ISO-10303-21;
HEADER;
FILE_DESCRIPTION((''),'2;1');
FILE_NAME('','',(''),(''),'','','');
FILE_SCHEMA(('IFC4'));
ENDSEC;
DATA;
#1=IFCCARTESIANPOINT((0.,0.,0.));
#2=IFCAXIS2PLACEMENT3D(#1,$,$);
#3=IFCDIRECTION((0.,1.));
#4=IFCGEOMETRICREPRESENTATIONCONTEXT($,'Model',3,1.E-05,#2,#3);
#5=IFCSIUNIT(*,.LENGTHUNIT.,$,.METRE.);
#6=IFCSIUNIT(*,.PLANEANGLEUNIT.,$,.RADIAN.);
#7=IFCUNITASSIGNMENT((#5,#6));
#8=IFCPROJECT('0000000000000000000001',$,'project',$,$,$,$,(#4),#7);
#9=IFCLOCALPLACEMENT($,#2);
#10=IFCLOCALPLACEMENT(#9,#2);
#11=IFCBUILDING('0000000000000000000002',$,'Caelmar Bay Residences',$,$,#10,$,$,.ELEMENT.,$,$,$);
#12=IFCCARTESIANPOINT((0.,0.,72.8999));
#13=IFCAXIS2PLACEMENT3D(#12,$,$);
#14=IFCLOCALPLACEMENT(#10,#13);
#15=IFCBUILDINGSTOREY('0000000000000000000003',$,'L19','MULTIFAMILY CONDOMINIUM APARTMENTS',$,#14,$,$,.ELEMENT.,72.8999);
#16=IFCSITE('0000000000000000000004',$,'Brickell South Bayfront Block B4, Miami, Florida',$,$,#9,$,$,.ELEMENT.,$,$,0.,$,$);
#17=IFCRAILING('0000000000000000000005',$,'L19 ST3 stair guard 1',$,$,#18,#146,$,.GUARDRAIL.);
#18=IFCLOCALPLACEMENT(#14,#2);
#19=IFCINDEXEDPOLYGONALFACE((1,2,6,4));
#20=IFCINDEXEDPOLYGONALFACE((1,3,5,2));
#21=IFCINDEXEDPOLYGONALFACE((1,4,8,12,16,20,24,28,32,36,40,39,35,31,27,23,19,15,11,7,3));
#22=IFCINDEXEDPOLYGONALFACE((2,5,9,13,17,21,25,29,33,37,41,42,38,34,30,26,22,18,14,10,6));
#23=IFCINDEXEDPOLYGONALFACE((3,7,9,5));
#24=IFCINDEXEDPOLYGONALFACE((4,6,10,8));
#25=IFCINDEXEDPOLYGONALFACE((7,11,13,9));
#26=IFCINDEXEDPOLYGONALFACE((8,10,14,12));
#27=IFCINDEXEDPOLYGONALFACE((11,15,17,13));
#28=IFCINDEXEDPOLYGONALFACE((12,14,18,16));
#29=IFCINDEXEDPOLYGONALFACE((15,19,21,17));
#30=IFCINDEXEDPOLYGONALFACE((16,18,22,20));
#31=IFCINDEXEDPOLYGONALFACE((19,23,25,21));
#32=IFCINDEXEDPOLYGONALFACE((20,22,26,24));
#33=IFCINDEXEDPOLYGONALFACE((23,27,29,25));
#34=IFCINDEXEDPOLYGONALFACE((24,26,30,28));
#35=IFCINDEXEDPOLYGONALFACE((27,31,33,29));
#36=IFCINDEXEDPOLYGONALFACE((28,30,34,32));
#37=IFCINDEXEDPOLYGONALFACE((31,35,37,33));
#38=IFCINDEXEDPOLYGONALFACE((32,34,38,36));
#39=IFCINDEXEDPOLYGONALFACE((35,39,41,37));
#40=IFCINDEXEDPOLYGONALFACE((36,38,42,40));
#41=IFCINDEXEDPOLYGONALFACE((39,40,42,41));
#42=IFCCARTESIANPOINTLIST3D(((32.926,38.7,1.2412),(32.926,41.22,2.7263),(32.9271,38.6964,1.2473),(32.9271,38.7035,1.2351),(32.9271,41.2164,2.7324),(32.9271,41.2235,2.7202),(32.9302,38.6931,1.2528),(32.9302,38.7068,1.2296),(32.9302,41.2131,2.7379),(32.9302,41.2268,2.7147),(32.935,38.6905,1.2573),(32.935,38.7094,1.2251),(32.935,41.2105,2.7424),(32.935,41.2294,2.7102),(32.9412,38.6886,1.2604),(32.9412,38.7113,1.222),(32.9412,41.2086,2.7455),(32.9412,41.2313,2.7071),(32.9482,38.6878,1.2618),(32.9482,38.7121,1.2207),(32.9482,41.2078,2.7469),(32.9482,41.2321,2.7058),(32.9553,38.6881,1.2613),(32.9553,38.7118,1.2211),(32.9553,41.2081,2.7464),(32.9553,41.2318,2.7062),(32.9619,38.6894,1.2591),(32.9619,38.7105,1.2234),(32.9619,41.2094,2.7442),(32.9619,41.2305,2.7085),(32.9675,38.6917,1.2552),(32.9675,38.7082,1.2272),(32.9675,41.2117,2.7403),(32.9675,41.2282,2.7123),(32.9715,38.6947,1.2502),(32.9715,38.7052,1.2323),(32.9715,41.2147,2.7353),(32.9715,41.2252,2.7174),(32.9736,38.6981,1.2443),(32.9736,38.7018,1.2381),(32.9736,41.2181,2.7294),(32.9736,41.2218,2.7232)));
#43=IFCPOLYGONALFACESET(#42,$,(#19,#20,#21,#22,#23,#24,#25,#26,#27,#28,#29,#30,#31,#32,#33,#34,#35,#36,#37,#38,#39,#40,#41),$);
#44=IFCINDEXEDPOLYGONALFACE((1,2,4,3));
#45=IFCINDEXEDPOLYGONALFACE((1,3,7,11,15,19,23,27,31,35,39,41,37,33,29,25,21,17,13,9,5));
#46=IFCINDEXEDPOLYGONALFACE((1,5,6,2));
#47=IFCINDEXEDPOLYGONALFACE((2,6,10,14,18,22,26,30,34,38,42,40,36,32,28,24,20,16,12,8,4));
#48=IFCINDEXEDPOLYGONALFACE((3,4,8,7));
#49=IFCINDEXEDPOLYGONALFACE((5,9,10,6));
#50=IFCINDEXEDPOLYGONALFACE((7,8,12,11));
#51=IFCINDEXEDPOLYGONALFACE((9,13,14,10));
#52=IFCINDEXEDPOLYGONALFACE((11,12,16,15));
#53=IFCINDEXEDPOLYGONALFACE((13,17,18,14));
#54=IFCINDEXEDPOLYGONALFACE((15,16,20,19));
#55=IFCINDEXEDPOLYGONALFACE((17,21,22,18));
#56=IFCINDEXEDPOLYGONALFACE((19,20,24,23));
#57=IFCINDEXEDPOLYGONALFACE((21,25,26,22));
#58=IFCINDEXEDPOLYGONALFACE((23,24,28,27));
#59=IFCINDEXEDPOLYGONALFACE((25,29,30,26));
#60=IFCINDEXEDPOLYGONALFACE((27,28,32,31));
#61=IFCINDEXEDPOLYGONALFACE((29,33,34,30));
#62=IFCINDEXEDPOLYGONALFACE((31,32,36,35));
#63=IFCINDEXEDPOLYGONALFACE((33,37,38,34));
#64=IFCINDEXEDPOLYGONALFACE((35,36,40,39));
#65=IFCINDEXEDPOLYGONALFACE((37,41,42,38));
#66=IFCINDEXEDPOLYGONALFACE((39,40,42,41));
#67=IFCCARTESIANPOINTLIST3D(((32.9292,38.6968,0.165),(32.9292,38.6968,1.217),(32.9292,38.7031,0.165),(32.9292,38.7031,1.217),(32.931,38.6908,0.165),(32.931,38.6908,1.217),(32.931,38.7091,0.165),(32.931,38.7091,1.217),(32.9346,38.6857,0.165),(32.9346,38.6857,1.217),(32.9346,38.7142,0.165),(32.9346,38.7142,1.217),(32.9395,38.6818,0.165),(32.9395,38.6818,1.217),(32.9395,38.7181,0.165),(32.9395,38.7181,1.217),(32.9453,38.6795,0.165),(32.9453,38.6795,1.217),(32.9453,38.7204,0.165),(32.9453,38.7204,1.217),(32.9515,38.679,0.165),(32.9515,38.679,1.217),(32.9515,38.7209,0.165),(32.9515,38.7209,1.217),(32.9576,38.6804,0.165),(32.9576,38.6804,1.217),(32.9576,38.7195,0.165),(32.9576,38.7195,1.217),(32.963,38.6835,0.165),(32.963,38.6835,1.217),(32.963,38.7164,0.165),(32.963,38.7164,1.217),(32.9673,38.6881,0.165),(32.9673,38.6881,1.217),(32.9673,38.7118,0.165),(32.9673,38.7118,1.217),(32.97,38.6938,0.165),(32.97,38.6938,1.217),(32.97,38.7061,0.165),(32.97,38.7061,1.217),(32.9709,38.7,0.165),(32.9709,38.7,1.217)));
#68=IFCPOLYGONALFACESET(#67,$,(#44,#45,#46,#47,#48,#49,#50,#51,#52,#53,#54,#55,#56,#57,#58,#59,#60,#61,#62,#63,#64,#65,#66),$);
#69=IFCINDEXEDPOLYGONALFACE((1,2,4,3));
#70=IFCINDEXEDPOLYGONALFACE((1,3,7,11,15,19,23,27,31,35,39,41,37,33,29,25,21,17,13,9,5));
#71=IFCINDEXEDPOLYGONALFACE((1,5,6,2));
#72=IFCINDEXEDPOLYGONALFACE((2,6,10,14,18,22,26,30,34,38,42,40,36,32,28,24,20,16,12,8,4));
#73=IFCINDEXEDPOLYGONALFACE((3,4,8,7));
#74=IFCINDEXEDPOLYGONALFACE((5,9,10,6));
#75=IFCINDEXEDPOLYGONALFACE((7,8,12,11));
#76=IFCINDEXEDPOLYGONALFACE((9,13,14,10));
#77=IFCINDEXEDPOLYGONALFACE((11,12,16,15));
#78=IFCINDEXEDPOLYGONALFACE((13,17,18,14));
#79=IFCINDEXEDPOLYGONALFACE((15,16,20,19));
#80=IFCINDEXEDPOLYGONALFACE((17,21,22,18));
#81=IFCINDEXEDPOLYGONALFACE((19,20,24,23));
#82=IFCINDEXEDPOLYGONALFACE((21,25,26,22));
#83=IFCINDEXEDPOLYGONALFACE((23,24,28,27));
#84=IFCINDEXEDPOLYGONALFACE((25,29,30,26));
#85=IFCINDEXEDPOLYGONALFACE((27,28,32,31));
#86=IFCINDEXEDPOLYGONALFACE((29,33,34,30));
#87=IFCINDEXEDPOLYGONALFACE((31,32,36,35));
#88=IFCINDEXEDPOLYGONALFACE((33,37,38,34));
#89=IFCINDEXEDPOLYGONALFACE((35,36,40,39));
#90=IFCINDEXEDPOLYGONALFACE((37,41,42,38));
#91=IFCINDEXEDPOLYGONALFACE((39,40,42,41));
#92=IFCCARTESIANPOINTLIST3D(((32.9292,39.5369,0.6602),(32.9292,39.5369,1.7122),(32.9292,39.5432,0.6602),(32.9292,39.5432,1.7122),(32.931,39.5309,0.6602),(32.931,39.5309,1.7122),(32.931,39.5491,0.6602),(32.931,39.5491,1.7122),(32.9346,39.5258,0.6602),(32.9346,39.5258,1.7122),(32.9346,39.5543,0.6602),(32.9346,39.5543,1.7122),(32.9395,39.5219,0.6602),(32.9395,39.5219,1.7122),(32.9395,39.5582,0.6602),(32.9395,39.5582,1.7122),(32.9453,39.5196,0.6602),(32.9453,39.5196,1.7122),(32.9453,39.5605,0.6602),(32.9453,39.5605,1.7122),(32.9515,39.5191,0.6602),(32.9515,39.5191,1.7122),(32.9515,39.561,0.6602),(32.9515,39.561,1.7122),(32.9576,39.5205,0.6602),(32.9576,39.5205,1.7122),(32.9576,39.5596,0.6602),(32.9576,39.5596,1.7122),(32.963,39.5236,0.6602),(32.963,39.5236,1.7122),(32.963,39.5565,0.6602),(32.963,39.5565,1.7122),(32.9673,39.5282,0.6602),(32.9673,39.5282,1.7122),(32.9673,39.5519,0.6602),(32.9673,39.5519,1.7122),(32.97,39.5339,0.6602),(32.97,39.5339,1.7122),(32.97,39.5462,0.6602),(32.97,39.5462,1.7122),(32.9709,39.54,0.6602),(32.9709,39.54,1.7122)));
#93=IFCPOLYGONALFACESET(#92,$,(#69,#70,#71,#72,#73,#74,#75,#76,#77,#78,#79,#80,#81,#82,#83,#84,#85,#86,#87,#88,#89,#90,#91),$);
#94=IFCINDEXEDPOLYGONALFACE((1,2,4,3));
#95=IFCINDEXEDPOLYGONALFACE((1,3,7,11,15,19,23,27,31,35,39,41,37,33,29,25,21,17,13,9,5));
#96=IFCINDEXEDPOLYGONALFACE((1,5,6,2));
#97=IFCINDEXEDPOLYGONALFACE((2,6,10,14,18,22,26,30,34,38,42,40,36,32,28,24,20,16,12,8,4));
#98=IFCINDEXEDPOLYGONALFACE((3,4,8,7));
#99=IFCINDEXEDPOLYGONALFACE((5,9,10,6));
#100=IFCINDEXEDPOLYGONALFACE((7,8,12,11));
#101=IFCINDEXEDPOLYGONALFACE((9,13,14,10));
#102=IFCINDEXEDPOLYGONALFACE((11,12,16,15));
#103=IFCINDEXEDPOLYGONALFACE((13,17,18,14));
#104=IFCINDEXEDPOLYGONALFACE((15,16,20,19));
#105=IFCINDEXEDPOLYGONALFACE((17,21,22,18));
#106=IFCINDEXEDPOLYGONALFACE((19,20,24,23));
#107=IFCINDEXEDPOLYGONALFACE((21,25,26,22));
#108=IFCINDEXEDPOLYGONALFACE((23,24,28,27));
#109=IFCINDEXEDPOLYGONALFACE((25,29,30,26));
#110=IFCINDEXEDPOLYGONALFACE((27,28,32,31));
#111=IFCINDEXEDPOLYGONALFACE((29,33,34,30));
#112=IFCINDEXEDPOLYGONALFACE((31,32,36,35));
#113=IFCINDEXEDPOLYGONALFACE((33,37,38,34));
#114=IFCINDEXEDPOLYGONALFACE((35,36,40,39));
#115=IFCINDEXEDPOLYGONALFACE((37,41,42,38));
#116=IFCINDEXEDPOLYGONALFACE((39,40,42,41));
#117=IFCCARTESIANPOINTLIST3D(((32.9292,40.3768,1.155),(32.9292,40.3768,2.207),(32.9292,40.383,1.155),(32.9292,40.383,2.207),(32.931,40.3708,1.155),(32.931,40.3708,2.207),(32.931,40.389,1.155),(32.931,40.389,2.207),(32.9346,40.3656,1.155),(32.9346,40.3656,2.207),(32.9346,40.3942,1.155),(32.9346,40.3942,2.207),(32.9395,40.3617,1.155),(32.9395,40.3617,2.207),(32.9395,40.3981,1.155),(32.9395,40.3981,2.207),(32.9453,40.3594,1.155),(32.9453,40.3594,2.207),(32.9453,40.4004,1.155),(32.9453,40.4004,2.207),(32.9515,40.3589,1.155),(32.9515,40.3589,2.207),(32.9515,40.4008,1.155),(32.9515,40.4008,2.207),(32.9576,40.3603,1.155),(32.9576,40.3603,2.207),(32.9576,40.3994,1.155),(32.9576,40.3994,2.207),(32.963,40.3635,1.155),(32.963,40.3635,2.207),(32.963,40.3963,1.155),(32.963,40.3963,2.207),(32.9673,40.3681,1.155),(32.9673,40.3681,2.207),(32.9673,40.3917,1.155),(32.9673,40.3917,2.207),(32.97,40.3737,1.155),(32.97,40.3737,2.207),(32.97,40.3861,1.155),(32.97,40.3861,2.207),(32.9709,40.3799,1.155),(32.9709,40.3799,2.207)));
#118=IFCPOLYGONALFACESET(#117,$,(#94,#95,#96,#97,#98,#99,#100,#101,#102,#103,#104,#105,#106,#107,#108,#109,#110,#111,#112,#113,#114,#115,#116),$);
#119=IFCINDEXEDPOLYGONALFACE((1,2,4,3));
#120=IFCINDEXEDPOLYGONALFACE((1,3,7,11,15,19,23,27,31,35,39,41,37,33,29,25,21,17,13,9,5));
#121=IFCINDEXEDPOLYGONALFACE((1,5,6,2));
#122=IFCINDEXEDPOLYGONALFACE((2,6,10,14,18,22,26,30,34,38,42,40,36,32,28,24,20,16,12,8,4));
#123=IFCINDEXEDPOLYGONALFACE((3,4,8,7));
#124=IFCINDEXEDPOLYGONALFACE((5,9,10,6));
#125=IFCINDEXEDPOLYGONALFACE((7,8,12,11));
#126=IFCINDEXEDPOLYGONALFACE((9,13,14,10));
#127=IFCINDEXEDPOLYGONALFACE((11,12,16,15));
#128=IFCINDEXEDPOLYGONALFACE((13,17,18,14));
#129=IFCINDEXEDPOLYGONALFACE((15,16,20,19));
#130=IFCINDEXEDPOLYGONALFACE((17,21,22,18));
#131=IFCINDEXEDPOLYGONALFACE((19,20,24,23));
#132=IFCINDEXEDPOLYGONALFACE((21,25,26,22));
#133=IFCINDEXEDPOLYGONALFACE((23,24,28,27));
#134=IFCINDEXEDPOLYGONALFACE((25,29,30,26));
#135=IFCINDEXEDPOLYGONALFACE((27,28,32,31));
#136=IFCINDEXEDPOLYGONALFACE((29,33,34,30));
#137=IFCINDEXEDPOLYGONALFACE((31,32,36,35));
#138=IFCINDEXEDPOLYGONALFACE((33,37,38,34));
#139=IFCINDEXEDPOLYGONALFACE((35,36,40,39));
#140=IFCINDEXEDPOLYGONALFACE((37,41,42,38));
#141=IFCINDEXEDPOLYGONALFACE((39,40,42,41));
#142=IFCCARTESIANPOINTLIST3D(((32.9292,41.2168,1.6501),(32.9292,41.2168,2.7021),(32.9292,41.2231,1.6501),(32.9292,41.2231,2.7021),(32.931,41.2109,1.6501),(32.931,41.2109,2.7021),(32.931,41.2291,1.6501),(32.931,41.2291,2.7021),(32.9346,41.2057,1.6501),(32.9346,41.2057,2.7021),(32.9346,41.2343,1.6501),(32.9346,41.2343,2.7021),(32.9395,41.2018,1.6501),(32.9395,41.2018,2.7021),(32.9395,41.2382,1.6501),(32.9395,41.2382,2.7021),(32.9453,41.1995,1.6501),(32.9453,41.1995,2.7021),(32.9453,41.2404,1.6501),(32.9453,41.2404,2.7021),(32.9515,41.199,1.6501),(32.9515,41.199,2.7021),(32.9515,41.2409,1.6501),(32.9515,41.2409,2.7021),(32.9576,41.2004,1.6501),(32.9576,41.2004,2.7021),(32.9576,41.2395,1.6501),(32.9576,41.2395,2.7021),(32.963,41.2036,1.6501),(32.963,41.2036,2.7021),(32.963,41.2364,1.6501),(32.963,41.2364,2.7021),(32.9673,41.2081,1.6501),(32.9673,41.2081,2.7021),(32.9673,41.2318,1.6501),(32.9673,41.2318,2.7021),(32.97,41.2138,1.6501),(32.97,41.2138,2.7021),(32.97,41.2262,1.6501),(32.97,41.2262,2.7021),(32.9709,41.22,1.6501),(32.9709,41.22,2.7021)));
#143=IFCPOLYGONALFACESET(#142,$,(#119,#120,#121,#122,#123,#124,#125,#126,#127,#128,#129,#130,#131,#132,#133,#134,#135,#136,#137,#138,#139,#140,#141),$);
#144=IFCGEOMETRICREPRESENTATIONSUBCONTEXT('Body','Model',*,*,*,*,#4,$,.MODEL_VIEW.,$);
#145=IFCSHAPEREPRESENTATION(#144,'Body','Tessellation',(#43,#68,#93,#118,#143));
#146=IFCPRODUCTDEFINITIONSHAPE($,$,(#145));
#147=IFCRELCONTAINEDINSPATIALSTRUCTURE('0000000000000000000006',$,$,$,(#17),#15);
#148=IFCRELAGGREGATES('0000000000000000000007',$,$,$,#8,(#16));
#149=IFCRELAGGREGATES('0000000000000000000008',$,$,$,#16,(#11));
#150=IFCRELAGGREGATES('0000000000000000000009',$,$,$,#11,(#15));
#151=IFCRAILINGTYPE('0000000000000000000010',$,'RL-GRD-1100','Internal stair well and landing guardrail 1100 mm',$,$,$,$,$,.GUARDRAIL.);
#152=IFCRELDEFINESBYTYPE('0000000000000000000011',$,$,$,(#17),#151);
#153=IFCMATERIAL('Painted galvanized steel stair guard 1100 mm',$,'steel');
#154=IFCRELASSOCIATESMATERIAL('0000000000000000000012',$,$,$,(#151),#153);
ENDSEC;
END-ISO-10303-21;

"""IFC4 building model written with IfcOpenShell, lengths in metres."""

from ifc_helpers import new_model, si_unit, direction, frame, origin, origin_2d, place, context, subcontext, project, spatial, circle, extrude, material, type_object, element, save


model = new_model("IFC4")

# Units and contexts
model_context = context("Model", 3, precision=1e-05, world=origin(), true_north=direction((0.0, 1.0)))
body_context = subcontext(model_context, "Body", "Model", "MODEL_VIEW")
ifc_project = project(units=[si_unit("LENGTHUNIT", "METRE"), si_unit("PLANEANGLEUNIT", "RADIAN")], contexts=[model_context])

# Site, building, storey
site_placement = place(None, origin())
site = spatial("IfcSite", under=ifc_project, at=site_placement, Name="Brickell South Bayfront Block B4, Miami, Florida", CompositionType="ELEMENT", RefElevation=0.0)
building_placement = place(site_placement, origin())
building = spatial("IfcBuilding", under=site, at=building_placement, Name="Caelmar Bay Residences", CompositionType="ELEMENT")
storey_placement = place(building_placement, frame((0.0, 0.0, 72.8999)))
storey = spatial("IfcBuildingStorey", under=building, at=storey_placement, Name="L19", Description="MULTIFAMILY CONDOMINIUM APARTMENTS", CompositionType="ELEMENT", Elevation=72.8999)

# Railing
ifc_material_1 = material(Name="Painted galvanized steel stair guard 1100 mm", Category="steel")
railing_type_1 = type_object("IfcRailingType", Name="RL-GRD-1100", Description="Internal stair well and landing guardrail 1100 mm", PredefinedType="GUARDRAIL", material=ifc_material_1)
railing_1_placement = place(storey_placement, frame((32.95, 38.7, 0.165)))
element("IfcRailing", 1, at=railing_1_placement, inside=storey, type_object=railing_type_1, Name="L19 ST3 stair guard 1", PredefinedType="GUARDRAIL", context=body_context, shape_type="SweptSolid", body=[
    extrude(circle(Radius=0.0239, at=origin_2d()), frame((0.0, 0.0, 1.0762), z_axis=(0.0, 0.861524, 0.507717), x_axis=(-1.0, 0.0, 0.0)), (0.0, 0.0, 1.0), 2.925),
    extrude(circle(Radius=0.021, at=origin_2d()), origin(), (0.0, 0.0, 1.0), 1.052),
    extrude(circle(Radius=0.021, at=origin_2d()), frame((0.0, 0.8401, 0.4951)), (0.0, 0.0, 1.0), 1.052),
    extrude(circle(Radius=0.021, at=origin_2d()), frame((0.0, 1.6799, 0.99)), (0.0, 0.0, 1.0), 1.052),
    extrude(circle(Radius=0.021, at=origin_2d()), frame((0.0, 2.52, 1.4851)), (0.0, 0.0, 1.0), 1.052),
])

save(model, "model.ifc")
